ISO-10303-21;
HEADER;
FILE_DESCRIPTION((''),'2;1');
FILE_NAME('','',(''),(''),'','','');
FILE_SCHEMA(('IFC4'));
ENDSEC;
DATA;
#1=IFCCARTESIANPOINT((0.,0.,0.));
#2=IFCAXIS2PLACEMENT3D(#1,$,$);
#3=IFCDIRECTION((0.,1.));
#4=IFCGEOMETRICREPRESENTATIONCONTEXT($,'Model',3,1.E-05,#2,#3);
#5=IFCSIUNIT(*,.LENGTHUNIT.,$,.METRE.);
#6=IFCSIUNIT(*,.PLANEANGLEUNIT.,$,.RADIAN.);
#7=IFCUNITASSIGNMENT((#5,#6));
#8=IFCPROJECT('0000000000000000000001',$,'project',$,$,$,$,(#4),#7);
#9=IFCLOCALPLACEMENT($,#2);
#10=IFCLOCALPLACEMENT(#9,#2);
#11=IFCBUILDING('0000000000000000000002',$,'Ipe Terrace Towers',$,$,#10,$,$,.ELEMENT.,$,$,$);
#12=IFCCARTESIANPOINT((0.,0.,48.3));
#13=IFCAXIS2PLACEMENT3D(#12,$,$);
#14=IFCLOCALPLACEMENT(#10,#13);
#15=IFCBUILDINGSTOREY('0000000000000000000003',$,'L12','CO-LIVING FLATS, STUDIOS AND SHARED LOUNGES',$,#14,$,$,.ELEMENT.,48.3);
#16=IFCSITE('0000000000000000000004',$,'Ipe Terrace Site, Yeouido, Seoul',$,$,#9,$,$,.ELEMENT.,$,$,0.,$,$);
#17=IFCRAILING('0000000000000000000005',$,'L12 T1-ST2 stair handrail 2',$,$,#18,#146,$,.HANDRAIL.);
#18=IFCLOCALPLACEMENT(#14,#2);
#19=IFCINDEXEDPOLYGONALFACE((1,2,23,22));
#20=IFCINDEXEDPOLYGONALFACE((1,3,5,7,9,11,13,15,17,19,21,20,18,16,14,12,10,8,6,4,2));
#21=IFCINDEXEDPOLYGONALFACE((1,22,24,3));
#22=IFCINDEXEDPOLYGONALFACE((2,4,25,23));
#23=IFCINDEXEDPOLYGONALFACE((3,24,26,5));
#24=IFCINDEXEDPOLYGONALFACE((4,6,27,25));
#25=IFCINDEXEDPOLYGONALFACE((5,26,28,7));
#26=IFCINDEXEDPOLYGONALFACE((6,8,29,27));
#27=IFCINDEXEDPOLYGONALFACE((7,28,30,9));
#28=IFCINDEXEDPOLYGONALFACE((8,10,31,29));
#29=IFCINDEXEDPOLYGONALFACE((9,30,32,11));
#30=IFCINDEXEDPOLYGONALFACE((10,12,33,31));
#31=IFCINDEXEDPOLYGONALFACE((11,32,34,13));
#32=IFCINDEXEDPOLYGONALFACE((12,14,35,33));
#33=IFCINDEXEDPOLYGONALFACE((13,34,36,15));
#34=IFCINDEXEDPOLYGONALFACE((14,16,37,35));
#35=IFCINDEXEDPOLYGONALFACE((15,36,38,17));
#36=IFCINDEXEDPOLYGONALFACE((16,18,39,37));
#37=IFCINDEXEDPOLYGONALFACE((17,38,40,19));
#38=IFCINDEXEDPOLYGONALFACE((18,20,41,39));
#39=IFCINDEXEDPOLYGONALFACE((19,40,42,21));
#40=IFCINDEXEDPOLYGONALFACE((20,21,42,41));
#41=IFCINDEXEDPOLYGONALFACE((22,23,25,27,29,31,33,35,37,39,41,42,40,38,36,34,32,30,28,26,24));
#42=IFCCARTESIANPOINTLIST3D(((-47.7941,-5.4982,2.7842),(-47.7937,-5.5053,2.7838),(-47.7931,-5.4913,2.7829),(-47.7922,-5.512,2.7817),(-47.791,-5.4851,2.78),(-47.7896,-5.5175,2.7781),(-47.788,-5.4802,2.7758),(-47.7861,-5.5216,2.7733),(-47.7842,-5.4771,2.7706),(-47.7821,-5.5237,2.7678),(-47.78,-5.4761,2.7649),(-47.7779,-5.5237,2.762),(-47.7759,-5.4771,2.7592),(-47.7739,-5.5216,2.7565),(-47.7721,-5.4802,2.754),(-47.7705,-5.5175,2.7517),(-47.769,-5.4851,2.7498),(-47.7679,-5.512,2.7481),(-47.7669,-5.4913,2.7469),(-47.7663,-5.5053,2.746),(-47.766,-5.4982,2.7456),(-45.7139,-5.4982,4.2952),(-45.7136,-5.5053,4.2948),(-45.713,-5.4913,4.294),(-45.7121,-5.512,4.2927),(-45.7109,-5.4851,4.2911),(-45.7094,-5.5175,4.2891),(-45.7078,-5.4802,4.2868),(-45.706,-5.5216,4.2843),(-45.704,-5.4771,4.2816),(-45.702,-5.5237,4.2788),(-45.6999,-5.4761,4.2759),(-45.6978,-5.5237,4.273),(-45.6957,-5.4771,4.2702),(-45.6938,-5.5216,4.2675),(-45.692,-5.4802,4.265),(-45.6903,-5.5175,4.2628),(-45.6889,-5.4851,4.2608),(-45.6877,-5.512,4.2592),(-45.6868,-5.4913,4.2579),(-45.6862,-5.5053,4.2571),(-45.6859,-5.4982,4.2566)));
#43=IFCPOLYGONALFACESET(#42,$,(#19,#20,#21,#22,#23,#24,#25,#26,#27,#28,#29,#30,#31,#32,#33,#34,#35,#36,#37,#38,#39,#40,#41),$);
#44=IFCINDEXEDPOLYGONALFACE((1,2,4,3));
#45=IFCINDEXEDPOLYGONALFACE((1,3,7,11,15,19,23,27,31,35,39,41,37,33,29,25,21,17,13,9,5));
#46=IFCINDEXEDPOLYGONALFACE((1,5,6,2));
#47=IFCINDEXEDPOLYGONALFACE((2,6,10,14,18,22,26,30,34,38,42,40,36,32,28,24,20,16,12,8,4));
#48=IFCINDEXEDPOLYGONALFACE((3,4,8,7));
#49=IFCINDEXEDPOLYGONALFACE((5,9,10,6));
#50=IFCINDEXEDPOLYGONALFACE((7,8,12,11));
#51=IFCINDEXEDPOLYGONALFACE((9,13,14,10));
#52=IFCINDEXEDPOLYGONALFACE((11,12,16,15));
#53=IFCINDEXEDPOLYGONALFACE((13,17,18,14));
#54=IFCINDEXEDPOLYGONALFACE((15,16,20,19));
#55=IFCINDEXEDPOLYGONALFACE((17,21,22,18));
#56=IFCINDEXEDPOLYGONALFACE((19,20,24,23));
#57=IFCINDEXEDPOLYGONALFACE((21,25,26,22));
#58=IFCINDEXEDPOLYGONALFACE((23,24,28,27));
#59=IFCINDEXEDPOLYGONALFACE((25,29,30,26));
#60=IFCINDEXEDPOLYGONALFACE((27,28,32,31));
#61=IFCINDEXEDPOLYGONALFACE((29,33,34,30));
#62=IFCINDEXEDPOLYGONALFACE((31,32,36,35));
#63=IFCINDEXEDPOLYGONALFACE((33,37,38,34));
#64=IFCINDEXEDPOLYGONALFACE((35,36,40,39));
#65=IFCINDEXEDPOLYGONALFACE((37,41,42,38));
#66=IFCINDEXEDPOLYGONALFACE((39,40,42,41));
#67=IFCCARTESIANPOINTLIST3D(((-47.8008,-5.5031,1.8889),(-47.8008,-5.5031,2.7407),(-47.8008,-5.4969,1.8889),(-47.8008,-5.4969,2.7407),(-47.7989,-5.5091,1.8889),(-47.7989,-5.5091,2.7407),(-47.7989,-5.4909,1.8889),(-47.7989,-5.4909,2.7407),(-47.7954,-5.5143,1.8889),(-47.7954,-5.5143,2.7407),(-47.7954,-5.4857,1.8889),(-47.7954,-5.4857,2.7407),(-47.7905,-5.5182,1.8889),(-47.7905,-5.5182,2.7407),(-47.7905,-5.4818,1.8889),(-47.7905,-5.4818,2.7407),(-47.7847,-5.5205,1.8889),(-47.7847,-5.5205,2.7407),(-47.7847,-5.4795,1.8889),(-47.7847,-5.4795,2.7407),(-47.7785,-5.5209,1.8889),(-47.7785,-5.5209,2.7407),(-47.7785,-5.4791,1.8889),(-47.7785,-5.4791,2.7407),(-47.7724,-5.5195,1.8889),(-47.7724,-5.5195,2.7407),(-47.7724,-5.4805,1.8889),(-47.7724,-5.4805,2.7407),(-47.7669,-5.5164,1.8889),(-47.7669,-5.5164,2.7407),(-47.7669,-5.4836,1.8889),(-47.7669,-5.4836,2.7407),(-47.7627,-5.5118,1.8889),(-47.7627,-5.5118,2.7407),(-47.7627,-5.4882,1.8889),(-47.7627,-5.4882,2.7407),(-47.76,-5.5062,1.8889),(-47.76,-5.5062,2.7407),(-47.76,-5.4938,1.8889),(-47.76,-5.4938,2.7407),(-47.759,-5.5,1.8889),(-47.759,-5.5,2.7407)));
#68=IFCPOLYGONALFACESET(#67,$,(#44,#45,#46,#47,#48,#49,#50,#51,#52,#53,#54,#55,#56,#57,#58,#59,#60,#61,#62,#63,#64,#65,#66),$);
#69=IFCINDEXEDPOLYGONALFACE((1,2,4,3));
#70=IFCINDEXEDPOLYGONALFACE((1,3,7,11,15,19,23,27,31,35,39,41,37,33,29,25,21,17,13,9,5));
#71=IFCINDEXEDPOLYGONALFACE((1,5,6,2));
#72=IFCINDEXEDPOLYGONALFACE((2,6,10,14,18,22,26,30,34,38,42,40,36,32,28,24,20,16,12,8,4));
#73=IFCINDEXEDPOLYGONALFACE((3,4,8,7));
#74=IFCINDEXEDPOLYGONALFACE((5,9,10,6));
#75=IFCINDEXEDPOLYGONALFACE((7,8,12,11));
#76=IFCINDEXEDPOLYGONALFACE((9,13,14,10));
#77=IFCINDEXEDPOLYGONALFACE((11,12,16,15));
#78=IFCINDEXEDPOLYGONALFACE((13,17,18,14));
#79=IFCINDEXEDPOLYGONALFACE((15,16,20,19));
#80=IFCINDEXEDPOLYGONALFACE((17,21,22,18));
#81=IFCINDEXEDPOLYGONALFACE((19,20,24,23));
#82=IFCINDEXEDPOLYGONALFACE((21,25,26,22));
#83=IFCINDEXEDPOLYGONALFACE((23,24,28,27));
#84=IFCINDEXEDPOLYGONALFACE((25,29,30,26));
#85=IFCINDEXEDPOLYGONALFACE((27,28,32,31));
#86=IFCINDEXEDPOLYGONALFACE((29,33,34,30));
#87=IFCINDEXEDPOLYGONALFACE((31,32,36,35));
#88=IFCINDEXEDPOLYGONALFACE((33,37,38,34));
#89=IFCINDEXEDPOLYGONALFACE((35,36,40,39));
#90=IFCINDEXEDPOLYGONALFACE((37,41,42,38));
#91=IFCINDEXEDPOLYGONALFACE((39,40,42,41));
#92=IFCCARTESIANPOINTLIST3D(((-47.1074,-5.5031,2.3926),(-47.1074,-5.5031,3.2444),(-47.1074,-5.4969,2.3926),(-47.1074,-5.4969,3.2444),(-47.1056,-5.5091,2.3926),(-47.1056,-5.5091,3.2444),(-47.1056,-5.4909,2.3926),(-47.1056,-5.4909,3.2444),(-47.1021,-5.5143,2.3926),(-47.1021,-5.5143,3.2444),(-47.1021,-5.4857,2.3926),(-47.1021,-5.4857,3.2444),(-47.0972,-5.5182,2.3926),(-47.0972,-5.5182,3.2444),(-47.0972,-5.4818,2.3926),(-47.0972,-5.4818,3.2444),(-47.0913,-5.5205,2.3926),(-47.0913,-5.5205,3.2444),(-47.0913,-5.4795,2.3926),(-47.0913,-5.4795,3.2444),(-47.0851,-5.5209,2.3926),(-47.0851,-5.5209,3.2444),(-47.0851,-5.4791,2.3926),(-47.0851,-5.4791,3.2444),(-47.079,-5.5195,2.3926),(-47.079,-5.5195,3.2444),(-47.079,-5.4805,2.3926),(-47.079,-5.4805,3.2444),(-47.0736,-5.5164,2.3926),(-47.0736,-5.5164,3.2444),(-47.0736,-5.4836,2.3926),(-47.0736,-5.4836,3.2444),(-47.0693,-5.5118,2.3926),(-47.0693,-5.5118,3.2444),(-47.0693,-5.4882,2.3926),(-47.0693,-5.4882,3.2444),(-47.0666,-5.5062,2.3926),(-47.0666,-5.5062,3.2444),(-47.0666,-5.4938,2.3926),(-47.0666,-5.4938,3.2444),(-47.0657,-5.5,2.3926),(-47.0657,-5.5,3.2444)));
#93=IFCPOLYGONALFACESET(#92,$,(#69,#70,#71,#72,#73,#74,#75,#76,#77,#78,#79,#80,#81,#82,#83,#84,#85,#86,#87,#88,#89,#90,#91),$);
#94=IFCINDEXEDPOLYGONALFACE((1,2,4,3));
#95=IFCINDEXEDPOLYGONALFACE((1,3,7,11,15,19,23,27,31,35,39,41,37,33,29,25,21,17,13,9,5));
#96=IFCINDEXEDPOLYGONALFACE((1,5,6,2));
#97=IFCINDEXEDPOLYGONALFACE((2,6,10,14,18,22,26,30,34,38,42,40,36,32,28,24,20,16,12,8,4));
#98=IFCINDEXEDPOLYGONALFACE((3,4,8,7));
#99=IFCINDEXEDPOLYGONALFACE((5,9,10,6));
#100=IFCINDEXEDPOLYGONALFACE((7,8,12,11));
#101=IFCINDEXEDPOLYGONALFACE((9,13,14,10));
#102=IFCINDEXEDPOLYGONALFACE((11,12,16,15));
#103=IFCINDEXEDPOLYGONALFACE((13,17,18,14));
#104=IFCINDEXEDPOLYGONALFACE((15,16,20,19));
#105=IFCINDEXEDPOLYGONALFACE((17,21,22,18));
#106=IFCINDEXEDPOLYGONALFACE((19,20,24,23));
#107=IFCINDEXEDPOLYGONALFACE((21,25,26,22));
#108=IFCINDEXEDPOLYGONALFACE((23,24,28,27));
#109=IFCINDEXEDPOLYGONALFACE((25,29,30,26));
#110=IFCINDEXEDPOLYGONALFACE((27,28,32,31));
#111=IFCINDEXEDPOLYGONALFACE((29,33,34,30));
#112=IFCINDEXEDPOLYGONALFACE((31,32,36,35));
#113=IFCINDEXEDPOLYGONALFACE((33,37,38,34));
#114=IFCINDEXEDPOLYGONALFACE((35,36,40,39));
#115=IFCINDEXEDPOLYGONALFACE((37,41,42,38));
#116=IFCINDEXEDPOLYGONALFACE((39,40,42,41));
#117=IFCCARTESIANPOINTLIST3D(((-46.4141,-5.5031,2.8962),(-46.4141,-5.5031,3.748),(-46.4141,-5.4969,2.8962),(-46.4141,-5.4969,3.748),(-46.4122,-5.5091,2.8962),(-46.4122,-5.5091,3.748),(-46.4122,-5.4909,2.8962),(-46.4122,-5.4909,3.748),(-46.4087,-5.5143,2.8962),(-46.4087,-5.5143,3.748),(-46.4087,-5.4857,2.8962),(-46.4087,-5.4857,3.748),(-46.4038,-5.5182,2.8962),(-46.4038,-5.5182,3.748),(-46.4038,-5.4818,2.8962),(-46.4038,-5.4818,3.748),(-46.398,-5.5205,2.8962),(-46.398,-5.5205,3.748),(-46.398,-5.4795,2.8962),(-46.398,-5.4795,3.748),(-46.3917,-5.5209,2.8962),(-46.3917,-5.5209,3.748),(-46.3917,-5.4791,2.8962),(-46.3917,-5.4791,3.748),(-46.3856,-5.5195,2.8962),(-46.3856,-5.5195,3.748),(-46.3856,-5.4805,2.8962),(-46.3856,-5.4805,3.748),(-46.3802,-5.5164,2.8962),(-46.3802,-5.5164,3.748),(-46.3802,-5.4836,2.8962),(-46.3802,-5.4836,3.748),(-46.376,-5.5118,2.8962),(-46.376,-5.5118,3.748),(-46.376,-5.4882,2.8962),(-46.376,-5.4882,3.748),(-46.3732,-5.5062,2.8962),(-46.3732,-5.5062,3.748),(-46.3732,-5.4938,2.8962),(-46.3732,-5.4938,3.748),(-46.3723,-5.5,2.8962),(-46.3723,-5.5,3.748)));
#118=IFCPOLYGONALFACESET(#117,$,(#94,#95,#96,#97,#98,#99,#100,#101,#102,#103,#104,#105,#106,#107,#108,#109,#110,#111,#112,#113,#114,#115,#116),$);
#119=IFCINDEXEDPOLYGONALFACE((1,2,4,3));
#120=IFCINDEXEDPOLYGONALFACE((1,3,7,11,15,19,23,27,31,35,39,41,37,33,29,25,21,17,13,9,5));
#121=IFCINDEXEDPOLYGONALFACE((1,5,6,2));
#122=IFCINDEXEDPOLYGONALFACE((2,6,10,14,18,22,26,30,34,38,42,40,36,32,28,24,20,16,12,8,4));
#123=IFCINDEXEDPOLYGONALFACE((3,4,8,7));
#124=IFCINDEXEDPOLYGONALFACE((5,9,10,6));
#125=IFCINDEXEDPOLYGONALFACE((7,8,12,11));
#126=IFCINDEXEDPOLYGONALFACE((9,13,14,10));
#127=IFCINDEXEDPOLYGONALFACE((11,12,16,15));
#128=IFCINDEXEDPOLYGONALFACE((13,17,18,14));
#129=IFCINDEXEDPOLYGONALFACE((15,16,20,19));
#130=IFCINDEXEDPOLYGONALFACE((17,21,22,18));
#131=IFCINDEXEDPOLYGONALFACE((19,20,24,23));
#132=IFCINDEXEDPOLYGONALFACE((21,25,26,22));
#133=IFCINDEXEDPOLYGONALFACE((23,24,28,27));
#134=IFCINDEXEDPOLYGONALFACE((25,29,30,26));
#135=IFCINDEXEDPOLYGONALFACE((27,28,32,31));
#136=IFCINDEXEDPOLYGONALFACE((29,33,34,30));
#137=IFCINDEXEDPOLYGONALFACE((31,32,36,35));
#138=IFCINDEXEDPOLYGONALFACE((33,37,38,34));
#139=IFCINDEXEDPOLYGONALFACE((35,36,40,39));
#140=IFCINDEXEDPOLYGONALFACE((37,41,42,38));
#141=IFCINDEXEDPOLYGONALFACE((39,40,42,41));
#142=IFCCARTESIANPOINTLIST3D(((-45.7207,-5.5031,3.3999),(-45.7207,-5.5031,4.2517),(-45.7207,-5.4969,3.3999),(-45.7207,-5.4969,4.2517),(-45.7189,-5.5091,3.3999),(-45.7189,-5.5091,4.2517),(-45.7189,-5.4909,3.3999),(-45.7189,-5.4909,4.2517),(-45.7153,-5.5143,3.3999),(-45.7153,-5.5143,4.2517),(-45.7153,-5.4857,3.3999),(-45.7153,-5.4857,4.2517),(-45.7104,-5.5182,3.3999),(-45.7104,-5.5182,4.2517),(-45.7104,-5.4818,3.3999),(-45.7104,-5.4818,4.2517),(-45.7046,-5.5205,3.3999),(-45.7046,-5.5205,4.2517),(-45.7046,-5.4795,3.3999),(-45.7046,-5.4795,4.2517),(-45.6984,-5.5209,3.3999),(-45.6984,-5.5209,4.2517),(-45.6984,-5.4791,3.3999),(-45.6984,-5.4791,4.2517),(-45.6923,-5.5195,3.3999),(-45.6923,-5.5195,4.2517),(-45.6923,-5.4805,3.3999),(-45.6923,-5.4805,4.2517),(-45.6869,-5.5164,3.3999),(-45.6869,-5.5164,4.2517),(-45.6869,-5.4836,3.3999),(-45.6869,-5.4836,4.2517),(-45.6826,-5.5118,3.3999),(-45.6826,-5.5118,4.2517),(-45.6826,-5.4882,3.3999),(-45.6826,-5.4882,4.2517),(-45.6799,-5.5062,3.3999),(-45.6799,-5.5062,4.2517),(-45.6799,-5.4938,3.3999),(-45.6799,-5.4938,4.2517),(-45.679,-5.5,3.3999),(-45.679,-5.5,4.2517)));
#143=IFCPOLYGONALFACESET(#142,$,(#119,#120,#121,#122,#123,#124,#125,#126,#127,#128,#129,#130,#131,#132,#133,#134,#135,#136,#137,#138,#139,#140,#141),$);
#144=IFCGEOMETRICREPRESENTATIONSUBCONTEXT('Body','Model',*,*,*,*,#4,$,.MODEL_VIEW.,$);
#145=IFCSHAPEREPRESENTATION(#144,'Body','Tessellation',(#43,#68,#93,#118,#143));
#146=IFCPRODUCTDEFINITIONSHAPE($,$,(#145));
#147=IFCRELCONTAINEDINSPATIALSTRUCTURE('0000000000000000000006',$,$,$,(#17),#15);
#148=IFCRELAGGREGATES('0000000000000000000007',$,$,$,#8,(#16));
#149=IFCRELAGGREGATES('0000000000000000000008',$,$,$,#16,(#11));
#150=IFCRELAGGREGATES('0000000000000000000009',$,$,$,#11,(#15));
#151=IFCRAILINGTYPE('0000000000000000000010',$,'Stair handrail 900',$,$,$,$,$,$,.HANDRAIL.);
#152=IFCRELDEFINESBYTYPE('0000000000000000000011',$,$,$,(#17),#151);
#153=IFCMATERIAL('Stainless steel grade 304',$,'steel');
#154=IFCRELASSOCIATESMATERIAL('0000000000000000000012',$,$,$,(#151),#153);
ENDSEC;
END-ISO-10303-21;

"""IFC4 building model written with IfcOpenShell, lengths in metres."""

from ifc_helpers import new_model, si_unit, direction, frame, origin, origin_2d, place, context, subcontext, project, spatial, circle, extrude, material, type_object, element, save


model = new_model("IFC4")

# Units and contexts
model_context = context("Model", 3, precision=1e-05, world=origin(), true_north=direction((0.0, 1.0)))
body_context = subcontext(model_context, "Body", "Model", "MODEL_VIEW")
ifc_project = project(units=[si_unit("LENGTHUNIT", "METRE"), si_unit("PLANEANGLEUNIT", "RADIAN")], contexts=[model_context])

# Site, building, storey
site_placement = place(None, origin())
site = spatial("IfcSite", under=ifc_project, at=site_placement, Name="Ipe Terrace Site, Yeouido, Seoul", CompositionType="ELEMENT", RefElevation=0.0)
building_placement = place(site_placement, origin())
building = spatial("IfcBuilding", under=site, at=building_placement, Name="Ipe Terrace Towers", CompositionType="ELEMENT")
storey_placement = place(building_placement, frame((0.0, 0.0, 48.3)))
storey = spatial("IfcBuildingStorey", under=building, at=storey_placement, Name="L12", Description="CO-LIVING FLATS, STUDIOS AND SHARED LOUNGES", CompositionType="ELEMENT", Elevation=48.3)

# Railing
ifc_material_1 = material(Name="Stainless steel grade 304", Category="steel")
railing_type_1 = type_object("IfcRailingType", Name="Stair handrail 900", PredefinedType="HANDRAIL", material=ifc_material_1)
railing_1_placement = place(storey_placement, frame((-47.78, -5.5, 1.8889)))
element("IfcRailing", 1, at=railing_1_placement, inside=storey, type_object=railing_type_1, Name="L12 T1-ST2 stair handrail 2", PredefinedType="HANDRAIL", context=body_context, shape_type="SweptSolid", body=[
    extrude(circle(Radius=0.0239, at=origin_2d()), frame((0.0, 0.0, 0.876), z_axis=(0.809069, 0.0, 0.587714), x_axis=(0.0, 1.0, 0.0)), (0.0, 0.0, 1.0), 2.571),
    extrude(circle(Radius=0.021, at=origin_2d()), origin(), (0.0, 0.0, 1.0), 0.8518),
    extrude(circle(Radius=0.021, at=origin_2d()), frame((0.6934, 0.0, 0.5037)), (0.0, 0.0, 1.0), 0.8518),
    extrude(circle(Radius=0.021, at=origin_2d()), frame((1.3867, 0.0, 1.0073)), (0.0, 0.0, 1.0), 0.8518),
    extrude(circle(Radius=0.021, at=origin_2d()), frame((2.0801, 0.0, 1.511)), (0.0, 0.0, 1.0), 0.8518),
])

save(model, "model.ifc")
